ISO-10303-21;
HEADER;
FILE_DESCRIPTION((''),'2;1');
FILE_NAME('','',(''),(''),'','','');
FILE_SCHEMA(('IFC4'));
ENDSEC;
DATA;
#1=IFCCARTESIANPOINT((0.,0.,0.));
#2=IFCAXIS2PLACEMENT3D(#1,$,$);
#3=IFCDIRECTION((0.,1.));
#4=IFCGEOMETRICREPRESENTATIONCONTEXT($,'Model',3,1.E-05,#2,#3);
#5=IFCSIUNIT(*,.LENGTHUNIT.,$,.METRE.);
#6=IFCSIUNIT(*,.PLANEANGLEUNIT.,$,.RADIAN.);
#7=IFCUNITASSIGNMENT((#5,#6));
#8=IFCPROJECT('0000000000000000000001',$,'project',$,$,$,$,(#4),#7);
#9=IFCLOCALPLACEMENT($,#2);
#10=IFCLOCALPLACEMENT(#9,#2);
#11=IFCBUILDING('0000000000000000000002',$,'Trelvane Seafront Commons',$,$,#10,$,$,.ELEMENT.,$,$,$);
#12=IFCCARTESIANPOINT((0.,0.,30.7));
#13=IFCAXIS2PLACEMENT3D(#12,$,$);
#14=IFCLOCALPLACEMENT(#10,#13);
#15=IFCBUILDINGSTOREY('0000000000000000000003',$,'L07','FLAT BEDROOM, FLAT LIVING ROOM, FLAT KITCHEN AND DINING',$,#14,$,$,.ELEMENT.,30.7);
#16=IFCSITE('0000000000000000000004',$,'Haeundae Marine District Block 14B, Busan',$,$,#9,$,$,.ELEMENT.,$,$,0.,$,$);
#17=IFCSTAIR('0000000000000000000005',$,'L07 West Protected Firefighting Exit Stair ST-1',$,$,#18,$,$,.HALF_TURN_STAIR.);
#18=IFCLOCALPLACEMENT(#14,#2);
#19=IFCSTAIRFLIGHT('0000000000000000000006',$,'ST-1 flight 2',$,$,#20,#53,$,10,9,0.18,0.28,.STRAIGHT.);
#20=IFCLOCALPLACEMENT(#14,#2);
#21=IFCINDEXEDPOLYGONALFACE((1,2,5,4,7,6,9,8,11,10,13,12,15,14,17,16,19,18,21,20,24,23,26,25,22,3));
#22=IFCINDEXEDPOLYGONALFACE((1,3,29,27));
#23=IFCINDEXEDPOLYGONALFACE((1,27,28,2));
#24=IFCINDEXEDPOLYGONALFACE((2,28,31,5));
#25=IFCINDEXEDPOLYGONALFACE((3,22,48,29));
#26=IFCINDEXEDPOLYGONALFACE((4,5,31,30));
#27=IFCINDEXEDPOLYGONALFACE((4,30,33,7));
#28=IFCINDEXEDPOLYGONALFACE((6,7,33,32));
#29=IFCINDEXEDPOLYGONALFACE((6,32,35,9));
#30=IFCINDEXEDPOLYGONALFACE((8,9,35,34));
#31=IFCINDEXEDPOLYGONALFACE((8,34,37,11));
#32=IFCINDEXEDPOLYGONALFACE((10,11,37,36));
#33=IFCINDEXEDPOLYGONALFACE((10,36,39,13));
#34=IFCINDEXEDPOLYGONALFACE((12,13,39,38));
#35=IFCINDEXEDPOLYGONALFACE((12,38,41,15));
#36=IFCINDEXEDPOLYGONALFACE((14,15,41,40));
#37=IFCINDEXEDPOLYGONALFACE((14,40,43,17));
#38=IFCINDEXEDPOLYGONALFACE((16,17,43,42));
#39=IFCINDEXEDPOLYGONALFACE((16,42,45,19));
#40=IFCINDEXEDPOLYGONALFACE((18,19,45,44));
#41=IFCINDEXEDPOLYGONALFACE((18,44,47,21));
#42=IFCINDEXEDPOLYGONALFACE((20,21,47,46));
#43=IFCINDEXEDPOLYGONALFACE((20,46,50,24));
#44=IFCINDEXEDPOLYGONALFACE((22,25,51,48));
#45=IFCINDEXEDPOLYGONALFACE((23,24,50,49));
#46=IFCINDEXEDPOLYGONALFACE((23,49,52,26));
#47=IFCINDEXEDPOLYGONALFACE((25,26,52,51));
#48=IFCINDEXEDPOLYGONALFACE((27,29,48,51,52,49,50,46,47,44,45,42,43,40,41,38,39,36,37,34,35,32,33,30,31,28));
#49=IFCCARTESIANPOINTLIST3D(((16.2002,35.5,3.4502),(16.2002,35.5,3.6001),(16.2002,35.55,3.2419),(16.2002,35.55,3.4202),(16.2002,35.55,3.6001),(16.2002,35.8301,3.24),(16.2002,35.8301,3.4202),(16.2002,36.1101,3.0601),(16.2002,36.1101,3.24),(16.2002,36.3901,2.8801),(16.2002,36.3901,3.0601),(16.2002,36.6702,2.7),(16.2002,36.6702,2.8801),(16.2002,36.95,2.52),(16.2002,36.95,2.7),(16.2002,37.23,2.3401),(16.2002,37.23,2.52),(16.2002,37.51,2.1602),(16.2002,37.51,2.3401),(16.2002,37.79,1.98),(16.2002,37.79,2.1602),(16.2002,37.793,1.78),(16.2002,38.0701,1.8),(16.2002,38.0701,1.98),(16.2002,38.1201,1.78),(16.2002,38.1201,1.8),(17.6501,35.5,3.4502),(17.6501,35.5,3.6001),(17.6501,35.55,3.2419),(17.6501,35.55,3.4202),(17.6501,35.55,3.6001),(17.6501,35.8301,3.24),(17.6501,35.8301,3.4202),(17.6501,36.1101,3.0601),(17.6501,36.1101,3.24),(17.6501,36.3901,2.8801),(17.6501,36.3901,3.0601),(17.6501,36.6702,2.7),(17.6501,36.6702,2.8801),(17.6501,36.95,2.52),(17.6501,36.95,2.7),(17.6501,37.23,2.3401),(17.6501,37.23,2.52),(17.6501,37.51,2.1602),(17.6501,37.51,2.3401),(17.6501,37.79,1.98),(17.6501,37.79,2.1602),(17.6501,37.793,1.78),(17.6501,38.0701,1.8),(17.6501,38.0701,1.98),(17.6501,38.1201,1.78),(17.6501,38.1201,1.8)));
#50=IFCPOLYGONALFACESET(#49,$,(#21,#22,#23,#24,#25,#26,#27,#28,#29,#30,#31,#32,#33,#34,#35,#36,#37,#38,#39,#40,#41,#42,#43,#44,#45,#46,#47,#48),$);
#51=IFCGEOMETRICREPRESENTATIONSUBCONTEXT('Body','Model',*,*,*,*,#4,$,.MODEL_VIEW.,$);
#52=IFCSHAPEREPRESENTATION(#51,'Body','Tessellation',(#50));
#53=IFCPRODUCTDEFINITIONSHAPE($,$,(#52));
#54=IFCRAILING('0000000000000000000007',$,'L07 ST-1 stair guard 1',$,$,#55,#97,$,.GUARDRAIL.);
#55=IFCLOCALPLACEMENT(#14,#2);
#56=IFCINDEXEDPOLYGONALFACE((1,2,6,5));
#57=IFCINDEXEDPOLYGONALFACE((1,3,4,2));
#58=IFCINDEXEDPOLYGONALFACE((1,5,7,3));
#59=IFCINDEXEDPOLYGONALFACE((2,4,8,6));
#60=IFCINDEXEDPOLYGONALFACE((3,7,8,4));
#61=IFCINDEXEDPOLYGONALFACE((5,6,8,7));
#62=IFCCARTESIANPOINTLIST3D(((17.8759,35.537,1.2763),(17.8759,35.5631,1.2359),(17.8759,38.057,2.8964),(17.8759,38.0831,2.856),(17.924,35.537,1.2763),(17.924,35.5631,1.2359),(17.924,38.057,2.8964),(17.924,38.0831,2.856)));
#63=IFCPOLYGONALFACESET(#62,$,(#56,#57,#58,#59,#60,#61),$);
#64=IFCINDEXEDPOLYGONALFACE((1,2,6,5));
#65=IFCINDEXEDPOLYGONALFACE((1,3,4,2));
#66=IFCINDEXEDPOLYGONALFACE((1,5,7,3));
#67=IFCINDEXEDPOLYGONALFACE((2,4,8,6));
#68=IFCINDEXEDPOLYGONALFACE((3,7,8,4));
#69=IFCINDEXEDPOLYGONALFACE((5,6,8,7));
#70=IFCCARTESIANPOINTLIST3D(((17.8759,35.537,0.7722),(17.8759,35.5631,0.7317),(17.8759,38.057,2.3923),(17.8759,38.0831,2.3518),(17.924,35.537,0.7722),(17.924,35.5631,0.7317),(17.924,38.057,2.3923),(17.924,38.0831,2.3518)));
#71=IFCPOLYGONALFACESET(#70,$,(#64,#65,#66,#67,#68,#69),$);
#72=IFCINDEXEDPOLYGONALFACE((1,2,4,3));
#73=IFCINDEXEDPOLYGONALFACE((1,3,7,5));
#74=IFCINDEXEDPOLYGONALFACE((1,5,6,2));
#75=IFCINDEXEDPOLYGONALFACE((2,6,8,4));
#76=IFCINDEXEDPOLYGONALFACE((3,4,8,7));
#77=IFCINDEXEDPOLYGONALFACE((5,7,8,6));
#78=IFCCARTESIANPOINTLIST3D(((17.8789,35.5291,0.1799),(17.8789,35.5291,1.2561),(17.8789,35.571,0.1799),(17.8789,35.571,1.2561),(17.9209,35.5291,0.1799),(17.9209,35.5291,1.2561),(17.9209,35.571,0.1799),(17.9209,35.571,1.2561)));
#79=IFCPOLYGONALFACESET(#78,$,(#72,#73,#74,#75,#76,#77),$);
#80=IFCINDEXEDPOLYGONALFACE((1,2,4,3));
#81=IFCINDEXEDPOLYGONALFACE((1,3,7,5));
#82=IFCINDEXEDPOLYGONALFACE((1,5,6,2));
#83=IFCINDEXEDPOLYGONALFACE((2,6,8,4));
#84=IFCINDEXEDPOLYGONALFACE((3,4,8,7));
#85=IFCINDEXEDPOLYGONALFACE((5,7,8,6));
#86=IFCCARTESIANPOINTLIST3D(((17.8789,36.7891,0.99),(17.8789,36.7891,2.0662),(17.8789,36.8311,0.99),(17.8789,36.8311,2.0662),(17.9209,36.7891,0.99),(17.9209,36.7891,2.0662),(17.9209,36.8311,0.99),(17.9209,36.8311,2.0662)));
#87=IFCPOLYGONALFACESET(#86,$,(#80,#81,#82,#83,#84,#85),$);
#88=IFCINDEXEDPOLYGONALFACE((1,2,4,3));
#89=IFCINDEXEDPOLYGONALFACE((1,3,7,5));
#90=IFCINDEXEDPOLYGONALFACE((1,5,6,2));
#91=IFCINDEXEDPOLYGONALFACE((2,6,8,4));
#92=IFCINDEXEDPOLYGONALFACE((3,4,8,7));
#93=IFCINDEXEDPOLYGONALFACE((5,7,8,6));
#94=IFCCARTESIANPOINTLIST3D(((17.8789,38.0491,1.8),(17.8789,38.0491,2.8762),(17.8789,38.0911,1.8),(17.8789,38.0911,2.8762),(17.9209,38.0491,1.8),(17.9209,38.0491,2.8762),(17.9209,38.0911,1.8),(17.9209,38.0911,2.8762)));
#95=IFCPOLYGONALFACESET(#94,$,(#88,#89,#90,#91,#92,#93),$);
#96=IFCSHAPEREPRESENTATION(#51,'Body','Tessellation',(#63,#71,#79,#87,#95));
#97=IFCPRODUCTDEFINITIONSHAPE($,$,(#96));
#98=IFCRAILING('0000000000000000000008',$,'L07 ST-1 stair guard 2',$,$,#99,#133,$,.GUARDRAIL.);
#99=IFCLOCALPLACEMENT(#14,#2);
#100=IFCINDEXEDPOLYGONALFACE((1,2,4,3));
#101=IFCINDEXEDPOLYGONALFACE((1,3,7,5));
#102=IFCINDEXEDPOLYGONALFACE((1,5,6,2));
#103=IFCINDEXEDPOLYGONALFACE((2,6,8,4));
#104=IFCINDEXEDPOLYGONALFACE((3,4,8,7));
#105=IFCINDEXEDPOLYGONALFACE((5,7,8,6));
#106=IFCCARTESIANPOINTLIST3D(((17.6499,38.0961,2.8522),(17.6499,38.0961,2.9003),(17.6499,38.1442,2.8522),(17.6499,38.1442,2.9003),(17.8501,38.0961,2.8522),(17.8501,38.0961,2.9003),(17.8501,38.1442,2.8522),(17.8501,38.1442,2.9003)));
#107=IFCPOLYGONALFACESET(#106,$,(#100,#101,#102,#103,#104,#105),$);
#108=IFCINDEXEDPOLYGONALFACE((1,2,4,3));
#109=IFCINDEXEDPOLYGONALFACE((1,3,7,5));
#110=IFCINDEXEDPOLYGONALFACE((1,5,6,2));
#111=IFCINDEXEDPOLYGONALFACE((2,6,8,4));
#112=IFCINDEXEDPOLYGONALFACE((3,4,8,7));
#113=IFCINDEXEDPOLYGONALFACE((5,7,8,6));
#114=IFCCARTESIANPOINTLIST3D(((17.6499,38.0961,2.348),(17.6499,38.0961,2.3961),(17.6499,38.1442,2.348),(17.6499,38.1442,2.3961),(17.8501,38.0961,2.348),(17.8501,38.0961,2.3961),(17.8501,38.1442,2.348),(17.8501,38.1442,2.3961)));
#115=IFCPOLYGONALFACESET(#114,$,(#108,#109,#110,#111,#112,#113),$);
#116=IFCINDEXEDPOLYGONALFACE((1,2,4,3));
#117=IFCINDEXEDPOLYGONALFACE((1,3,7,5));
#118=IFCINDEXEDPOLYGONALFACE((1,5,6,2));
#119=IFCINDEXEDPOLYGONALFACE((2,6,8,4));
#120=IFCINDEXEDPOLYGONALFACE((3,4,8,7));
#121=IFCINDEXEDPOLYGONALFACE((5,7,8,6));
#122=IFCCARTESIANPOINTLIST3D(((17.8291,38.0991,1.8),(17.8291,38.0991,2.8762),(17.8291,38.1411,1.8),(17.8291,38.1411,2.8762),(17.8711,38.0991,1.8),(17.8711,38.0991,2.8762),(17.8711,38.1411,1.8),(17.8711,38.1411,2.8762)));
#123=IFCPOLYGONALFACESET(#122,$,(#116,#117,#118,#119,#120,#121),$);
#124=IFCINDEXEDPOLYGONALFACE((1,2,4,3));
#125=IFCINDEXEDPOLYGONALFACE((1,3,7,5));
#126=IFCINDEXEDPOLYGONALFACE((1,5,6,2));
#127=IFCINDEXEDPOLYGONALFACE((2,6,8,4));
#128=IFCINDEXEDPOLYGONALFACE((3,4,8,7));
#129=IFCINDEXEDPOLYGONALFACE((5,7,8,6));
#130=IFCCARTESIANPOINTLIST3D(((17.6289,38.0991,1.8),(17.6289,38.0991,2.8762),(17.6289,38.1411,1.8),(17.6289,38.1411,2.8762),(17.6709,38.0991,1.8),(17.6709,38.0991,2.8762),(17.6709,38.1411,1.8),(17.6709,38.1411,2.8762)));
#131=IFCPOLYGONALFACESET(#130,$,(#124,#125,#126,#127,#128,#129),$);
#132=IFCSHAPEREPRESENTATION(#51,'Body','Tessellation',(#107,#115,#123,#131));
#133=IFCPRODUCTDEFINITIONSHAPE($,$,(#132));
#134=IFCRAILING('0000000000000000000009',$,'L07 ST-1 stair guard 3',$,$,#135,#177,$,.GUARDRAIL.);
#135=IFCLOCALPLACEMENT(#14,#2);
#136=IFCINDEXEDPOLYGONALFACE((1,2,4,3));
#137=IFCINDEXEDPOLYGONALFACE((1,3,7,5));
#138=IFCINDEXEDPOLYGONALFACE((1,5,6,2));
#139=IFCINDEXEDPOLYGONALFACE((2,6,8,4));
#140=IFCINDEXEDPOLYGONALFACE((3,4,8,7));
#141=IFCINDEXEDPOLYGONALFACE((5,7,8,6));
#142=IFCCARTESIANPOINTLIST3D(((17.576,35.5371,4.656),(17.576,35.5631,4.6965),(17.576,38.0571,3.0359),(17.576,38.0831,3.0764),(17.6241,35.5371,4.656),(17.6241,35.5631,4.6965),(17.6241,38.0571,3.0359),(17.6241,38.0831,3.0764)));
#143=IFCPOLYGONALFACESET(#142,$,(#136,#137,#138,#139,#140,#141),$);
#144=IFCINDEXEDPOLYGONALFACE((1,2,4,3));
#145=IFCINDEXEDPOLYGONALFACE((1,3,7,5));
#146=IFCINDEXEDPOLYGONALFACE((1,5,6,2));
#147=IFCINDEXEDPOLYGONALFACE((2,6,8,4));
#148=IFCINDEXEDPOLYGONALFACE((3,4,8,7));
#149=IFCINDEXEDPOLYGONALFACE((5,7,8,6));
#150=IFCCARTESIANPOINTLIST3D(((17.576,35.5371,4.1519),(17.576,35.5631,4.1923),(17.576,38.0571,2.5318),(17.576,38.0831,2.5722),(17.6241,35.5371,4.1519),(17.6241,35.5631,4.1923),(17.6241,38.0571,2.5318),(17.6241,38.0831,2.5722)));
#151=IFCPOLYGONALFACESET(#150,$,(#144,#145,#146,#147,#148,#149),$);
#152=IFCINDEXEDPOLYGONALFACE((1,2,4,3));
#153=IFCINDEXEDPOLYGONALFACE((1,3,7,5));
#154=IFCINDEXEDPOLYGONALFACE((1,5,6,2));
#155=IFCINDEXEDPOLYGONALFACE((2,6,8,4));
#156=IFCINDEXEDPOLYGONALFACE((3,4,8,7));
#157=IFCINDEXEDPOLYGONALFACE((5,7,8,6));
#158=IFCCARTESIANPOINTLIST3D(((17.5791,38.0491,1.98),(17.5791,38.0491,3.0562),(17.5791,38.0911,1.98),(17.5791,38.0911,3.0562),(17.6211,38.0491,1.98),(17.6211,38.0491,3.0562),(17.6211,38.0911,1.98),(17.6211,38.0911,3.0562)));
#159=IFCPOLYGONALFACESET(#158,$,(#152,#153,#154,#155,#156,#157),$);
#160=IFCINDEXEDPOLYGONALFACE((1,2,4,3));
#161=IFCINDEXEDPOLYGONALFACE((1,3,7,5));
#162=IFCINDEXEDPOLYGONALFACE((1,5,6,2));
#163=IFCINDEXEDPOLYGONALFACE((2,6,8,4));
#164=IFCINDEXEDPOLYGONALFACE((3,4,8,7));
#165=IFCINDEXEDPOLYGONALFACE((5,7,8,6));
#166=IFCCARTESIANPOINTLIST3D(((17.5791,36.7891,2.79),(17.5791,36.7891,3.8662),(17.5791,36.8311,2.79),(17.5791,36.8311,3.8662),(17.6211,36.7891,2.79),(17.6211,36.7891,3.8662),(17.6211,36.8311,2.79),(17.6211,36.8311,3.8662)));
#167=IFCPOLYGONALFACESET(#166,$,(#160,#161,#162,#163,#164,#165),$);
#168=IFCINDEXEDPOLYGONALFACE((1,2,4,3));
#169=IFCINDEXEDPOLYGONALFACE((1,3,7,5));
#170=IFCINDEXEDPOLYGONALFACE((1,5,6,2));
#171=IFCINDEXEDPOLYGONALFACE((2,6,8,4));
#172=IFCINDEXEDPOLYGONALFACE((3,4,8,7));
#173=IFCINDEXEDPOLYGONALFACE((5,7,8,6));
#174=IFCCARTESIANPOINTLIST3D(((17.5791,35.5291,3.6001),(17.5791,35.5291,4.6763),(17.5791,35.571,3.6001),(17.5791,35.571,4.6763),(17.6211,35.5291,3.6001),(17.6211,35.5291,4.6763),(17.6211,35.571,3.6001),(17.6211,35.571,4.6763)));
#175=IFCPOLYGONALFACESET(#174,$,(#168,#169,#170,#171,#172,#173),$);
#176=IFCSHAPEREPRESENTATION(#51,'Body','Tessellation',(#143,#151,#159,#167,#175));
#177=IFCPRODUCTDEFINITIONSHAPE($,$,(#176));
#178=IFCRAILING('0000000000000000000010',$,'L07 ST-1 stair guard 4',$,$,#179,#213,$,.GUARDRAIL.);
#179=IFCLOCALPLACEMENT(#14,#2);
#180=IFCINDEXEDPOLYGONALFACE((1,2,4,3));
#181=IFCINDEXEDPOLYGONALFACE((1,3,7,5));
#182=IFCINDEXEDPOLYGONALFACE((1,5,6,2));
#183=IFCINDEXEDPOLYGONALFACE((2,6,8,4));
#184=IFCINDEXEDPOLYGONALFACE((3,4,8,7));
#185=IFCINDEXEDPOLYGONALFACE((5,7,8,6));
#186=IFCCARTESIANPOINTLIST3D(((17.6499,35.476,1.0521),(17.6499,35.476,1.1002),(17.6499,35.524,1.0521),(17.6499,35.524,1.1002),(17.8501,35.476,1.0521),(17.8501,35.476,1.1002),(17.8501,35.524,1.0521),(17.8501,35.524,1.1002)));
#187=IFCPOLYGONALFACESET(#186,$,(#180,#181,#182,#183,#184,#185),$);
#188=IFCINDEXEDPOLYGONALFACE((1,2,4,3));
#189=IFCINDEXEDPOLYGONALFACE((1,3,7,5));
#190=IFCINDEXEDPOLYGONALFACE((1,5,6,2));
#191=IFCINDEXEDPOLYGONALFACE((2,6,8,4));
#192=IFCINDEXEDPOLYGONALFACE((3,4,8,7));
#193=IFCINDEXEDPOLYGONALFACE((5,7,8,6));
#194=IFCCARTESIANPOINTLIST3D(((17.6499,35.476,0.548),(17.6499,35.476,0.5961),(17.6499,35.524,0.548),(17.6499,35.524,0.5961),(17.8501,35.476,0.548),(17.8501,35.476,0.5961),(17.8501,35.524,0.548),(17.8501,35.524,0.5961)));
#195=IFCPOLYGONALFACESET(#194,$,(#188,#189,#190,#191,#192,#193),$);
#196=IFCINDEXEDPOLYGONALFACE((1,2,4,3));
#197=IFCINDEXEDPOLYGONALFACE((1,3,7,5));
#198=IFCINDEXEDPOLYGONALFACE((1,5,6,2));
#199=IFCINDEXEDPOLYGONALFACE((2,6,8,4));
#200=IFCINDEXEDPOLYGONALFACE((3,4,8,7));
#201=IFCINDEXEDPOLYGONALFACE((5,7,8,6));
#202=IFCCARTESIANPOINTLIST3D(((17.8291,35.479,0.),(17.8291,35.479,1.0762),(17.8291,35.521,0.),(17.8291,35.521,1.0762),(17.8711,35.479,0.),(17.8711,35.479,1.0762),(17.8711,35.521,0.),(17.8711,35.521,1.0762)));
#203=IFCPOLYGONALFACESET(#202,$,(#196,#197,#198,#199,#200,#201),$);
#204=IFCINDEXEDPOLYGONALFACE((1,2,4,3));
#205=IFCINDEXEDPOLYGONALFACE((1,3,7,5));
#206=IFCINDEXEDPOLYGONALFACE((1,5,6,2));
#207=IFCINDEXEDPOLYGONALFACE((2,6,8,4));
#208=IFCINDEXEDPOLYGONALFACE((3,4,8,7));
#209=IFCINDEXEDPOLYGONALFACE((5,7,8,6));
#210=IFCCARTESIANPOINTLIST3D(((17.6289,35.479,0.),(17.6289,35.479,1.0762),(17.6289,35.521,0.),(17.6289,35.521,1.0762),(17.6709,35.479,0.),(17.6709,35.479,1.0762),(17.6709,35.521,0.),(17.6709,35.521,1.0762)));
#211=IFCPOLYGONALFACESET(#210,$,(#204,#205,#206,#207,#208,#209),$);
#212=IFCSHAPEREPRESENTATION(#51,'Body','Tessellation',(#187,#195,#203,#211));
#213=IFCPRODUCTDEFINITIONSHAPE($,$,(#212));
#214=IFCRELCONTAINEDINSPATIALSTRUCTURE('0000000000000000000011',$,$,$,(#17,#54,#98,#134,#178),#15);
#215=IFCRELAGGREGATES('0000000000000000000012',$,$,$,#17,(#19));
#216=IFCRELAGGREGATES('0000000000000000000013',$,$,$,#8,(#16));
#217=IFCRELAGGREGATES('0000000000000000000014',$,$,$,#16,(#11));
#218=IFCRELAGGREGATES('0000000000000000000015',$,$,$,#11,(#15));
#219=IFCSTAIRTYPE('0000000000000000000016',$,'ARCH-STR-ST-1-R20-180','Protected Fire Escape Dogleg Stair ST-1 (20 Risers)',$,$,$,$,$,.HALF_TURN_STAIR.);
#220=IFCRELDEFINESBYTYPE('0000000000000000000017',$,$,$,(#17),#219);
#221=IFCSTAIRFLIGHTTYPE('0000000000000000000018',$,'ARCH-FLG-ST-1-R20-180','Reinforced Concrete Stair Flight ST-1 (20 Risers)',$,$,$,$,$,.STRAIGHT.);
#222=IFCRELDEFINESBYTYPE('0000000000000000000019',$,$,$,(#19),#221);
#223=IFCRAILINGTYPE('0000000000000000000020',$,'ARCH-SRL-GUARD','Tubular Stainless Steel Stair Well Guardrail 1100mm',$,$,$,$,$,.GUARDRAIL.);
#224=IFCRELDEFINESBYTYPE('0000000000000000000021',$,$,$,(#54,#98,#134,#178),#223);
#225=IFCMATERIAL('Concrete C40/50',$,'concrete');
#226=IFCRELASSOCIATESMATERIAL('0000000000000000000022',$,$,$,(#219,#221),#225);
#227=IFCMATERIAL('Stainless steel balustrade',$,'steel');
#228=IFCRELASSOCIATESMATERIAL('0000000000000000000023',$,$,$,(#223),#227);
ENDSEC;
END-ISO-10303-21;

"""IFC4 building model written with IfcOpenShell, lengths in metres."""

from ifc_helpers import new_model, si_unit, direction, frame, origin, origin_2d, place, context, subcontext, project, spatial, polyline, rectangle, outline, extrude, source, transform, mapped, material, type_object, element, aggregate, save


model = new_model("IFC4")

# Units and contexts
model_context = context("Model", 3, precision=1e-05, world=origin(), true_north=direction((0.0, 1.0)))
body_context = subcontext(model_context, "Body", "Model", "MODEL_VIEW")
ifc_project = project(units=[si_unit("LENGTHUNIT", "METRE"), si_unit("PLANEANGLEUNIT", "RADIAN")], contexts=[model_context])

# Site, building, storey
site_placement = place(None, origin())
site = spatial("IfcSite", under=ifc_project, at=site_placement, Name="Haeundae Marine District Block 14B, Busan", CompositionType="ELEMENT", RefElevation=0.0)
building_placement = place(site_placement, origin())
building = spatial("IfcBuilding", under=site, at=building_placement, Name="Trelvane Seafront Commons", CompositionType="ELEMENT")
storey_placement = place(building_placement, frame((0.0, 0.0, 30.7)))
storey = spatial("IfcBuildingStorey", under=building, at=storey_placement, Name="L07", Description="FLAT BEDROOM, FLAT LIVING ROOM, FLAT KITCHEN AND DINING", CompositionType="ELEMENT", Elevation=30.7)

# Shared definitions
ifc_material_1 = material(Name="Concrete C40/50", Category="concrete")

# Shared definitions
ifc_material_2 = material(Name="Stainless steel balustrade", Category="steel")

# Stair, stair flight
stair_type = type_object("IfcStairType", Name="ARCH-STR-ST-1-R20-180", Description="Protected Fire Escape Dogleg Stair ST-1 (20 Risers)", PredefinedType="HALF_TURN_STAIR", material=ifc_material_1)
stair_placement = place(storey_placement, origin())
stair = element("IfcStair", 1, at=stair_placement, inside=storey, type_object=stair_type, Name="L07 West Protected Firefighting Exit Stair ST-1", PredefinedType="HALF_TURN_STAIR")
stair_flight_type = type_object("IfcStairFlightType", Name="ARCH-FLG-ST-1-R20-180", Description="Reinforced Concrete Stair Flight ST-1 (20 Risers)", PredefinedType="STRAIGHT", material=ifc_material_1)
shared_shape_1 = source(origin(), body_context, "Body", "SweptSolid", [
    extrude(outline(polyline([(-0.05, -0.02), (-0.05, 0.0), (0.0, 0.0), (0.0, 0.1799), (0.28, 0.1799), (0.28, 0.3601), (0.5601, 0.3601), (0.5601, 0.54), (0.8401, 0.54), (0.8401, 0.72), (1.1201, 0.72), (1.1201, 0.8999), (1.3999, 0.8999), (1.3999, 1.0801), (1.6799, 1.0801), (1.6799, 1.26), (1.96, 1.26), (1.96, 1.4399), (2.24, 1.4399), (2.24, 1.6201), (2.52, 1.6201), (2.52, 1.8), (2.5701, 1.8), (2.5701, 1.6501), (2.52, 1.4419), (0.2771, -0.02), (-0.05, -0.02)])), frame((0.0, 0.7251, 0.0), z_axis=(0.0, -1.0, 0.0), x_axis=(1.0, 0.0, 0.0)), (0.0, 0.0, 1.0), 1.45),
])
stair_flight_1_placement = place(storey_placement, frame((16.925, 38.0701, 1.8), z_axis=(0.0, 0.0, 1.0), x_axis=(0.0, -1.0, 0.0)))
stair_flight_1 = element("IfcStairFlight", 2, at=stair_flight_1_placement, type_object=stair_flight_type, Name="ST-1 flight 2", NumberOfRisers=10, NumberOfTreads=9, PredefinedType="STRAIGHT", RiserHeight=0.18, TreadLength=0.28, context=body_context, shape_type="MappedRepresentation", body=[
    mapped(shared_shape_1, transform((0.0, 0.0, 0.0), x_axis=(1.0, 0.0, 0.0), y_axis=(0.0, 1.0, 0.0), z_axis=(0.0, 0.0, 1.0), scale=1.0)),
])
aggregate(stair, [stair_flight_1])

# Railings
railing_type_1 = type_object("IfcRailingType", Name="ARCH-SRL-GUARD", Description="Tubular Stainless Steel Stair Well Guardrail 1100mm", PredefinedType="GUARDRAIL", material=ifc_material_2)
railing_1_placement = place(storey_placement, frame((17.8999, 35.55, 0.1799)))
element("IfcRailing", 3, at=railing_1_placement, inside=storey, type_object=railing_type_1, Name="L07 ST-1 stair guard 1", PredefinedType="GUARDRAIL", context=body_context, shape_type="SweptSolid", body=[
    extrude(rectangle(XDim=0.0481, YDim=0.0481, at=origin_2d()), frame((0.0, 0.0, 1.0762), z_axis=(0.0, 0.841163, 0.540782), x_axis=(-1.0, 0.0, 0.0)), (0.0, 0.0, 1.0), 2.9958),
    extrude(rectangle(XDim=0.0481, YDim=0.0481, at=origin_2d()), frame((0.0, 0.0, 0.572), z_axis=(0.0, 0.841163, 0.540782), x_axis=(-1.0, 0.0, 0.0)), (0.0, 0.0, 1.0), 2.9958),
    extrude(rectangle(XDim=0.042, YDim=0.042, at=origin_2d()), origin(), (0.0, 0.0, 1.0), 1.0762),
    extrude(rectangle(XDim=0.042, YDim=0.042, at=origin_2d()), frame((0.0, 1.26, 0.8101)), (0.0, 0.0, 1.0), 1.0762),
    extrude(rectangle(XDim=0.042, YDim=0.042, at=origin_2d()), frame((0.0, 2.52, 1.6201)), (0.0, 0.0, 1.0), 1.0762),
])
railing_2_placement = place(storey_placement, frame((17.8501, 38.1201, 1.8)))
element("IfcRailing", 4, at=railing_2_placement, inside=storey, type_object=railing_type_1, Name="L07 ST-1 stair guard 2", PredefinedType="GUARDRAIL", context=body_context, shape_type="SweptSolid", body=[
    extrude(rectangle(XDim=0.0481, YDim=0.0481, at=origin_2d()), frame((0.0, 0.0, 1.0762), z_axis=(-1.0, 0.0, 0.0), x_axis=(0.0, -1.0, 0.0)), (0.0, 0.0, 1.0), 0.2002),
    extrude(rectangle(XDim=0.0481, YDim=0.0481, at=origin_2d()), frame((0.0, 0.0, 0.572), z_axis=(-1.0, 0.0, 0.0), x_axis=(0.0, -1.0, 0.0)), (0.0, 0.0, 1.0), 0.2002),
    extrude(rectangle(XDim=0.042, YDim=0.042, at=origin_2d()), origin(), (0.0, 0.0, 1.0), 1.0762),
    extrude(rectangle(XDim=0.042, YDim=0.042, at=origin_2d()), frame((-0.2002, 0.0, 0.0)), (0.0, 0.0, 1.0), 1.0762),
])
railing_3_placement = place(storey_placement, frame((17.6001, 38.0701, 1.98)))
element("IfcRailing", 5, at=railing_3_placement, inside=storey, type_object=railing_type_1, Name="L07 ST-1 stair guard 3", PredefinedType="GUARDRAIL", context=body_context, shape_type="SweptSolid", body=[
    extrude(rectangle(XDim=0.0481, YDim=0.0481, at=origin_2d()), frame((0.0, 0.0, 1.0762), z_axis=(0.0, -0.841163, 0.540782), x_axis=(1.0, 0.0, 0.0)), (0.0, 0.0, 1.0), 2.9958),
    extrude(rectangle(XDim=0.0481, YDim=0.0481, at=origin_2d()), frame((0.0, 0.0, 0.572), z_axis=(0.0, -0.841163, 0.540782), x_axis=(1.0, 0.0, 0.0)), (0.0, 0.0, 1.0), 2.9958),
    extrude(rectangle(XDim=0.042, YDim=0.042, at=origin_2d()), origin(), (0.0, 0.0, 1.0), 1.0762),
    extrude(rectangle(XDim=0.042, YDim=0.042, at=origin_2d()), frame((0.0, -1.26, 0.8101)), (0.0, 0.0, 1.0), 1.0762),
    extrude(rectangle(XDim=0.042, YDim=0.042, at=origin_2d()), frame((0.0, -2.52, 1.6201)), (0.0, 0.0, 1.0), 1.0762),
])
railing_4_placement = place(storey_placement, frame((17.8501, 35.5, 0.0)))
element("IfcRailing", 6, at=railing_4_placement, inside=storey, type_object=railing_type_1, Name="L07 ST-1 stair guard 4", PredefinedType="GUARDRAIL", context=body_context, shape_type="SweptSolid", body=[
    extrude(rectangle(XDim=0.0481, YDim=0.0481, at=origin_2d()), frame((0.0, 0.0, 1.0762), z_axis=(-1.0, 0.0, 0.0), x_axis=(0.0, -1.0, 0.0)), (0.0, 0.0, 1.0), 0.2002),
    extrude(rectangle(XDim=0.0481, YDim=0.0481, at=origin_2d()), frame((0.0, 0.0, 0.572), z_axis=(-1.0, 0.0, 0.0), x_axis=(0.0, -1.0, 0.0)), (0.0, 0.0, 1.0), 0.2002),
    extrude(rectangle(XDim=0.042, YDim=0.042, at=origin_2d()), origin(), (0.0, 0.0, 1.0), 1.0762),
    extrude(rectangle(XDim=0.042, YDim=0.042, at=origin_2d()), frame((-0.2002, 0.0, 0.0)), (0.0, 0.0, 1.0), 1.0762),
])

save(model, "model.ifc")
